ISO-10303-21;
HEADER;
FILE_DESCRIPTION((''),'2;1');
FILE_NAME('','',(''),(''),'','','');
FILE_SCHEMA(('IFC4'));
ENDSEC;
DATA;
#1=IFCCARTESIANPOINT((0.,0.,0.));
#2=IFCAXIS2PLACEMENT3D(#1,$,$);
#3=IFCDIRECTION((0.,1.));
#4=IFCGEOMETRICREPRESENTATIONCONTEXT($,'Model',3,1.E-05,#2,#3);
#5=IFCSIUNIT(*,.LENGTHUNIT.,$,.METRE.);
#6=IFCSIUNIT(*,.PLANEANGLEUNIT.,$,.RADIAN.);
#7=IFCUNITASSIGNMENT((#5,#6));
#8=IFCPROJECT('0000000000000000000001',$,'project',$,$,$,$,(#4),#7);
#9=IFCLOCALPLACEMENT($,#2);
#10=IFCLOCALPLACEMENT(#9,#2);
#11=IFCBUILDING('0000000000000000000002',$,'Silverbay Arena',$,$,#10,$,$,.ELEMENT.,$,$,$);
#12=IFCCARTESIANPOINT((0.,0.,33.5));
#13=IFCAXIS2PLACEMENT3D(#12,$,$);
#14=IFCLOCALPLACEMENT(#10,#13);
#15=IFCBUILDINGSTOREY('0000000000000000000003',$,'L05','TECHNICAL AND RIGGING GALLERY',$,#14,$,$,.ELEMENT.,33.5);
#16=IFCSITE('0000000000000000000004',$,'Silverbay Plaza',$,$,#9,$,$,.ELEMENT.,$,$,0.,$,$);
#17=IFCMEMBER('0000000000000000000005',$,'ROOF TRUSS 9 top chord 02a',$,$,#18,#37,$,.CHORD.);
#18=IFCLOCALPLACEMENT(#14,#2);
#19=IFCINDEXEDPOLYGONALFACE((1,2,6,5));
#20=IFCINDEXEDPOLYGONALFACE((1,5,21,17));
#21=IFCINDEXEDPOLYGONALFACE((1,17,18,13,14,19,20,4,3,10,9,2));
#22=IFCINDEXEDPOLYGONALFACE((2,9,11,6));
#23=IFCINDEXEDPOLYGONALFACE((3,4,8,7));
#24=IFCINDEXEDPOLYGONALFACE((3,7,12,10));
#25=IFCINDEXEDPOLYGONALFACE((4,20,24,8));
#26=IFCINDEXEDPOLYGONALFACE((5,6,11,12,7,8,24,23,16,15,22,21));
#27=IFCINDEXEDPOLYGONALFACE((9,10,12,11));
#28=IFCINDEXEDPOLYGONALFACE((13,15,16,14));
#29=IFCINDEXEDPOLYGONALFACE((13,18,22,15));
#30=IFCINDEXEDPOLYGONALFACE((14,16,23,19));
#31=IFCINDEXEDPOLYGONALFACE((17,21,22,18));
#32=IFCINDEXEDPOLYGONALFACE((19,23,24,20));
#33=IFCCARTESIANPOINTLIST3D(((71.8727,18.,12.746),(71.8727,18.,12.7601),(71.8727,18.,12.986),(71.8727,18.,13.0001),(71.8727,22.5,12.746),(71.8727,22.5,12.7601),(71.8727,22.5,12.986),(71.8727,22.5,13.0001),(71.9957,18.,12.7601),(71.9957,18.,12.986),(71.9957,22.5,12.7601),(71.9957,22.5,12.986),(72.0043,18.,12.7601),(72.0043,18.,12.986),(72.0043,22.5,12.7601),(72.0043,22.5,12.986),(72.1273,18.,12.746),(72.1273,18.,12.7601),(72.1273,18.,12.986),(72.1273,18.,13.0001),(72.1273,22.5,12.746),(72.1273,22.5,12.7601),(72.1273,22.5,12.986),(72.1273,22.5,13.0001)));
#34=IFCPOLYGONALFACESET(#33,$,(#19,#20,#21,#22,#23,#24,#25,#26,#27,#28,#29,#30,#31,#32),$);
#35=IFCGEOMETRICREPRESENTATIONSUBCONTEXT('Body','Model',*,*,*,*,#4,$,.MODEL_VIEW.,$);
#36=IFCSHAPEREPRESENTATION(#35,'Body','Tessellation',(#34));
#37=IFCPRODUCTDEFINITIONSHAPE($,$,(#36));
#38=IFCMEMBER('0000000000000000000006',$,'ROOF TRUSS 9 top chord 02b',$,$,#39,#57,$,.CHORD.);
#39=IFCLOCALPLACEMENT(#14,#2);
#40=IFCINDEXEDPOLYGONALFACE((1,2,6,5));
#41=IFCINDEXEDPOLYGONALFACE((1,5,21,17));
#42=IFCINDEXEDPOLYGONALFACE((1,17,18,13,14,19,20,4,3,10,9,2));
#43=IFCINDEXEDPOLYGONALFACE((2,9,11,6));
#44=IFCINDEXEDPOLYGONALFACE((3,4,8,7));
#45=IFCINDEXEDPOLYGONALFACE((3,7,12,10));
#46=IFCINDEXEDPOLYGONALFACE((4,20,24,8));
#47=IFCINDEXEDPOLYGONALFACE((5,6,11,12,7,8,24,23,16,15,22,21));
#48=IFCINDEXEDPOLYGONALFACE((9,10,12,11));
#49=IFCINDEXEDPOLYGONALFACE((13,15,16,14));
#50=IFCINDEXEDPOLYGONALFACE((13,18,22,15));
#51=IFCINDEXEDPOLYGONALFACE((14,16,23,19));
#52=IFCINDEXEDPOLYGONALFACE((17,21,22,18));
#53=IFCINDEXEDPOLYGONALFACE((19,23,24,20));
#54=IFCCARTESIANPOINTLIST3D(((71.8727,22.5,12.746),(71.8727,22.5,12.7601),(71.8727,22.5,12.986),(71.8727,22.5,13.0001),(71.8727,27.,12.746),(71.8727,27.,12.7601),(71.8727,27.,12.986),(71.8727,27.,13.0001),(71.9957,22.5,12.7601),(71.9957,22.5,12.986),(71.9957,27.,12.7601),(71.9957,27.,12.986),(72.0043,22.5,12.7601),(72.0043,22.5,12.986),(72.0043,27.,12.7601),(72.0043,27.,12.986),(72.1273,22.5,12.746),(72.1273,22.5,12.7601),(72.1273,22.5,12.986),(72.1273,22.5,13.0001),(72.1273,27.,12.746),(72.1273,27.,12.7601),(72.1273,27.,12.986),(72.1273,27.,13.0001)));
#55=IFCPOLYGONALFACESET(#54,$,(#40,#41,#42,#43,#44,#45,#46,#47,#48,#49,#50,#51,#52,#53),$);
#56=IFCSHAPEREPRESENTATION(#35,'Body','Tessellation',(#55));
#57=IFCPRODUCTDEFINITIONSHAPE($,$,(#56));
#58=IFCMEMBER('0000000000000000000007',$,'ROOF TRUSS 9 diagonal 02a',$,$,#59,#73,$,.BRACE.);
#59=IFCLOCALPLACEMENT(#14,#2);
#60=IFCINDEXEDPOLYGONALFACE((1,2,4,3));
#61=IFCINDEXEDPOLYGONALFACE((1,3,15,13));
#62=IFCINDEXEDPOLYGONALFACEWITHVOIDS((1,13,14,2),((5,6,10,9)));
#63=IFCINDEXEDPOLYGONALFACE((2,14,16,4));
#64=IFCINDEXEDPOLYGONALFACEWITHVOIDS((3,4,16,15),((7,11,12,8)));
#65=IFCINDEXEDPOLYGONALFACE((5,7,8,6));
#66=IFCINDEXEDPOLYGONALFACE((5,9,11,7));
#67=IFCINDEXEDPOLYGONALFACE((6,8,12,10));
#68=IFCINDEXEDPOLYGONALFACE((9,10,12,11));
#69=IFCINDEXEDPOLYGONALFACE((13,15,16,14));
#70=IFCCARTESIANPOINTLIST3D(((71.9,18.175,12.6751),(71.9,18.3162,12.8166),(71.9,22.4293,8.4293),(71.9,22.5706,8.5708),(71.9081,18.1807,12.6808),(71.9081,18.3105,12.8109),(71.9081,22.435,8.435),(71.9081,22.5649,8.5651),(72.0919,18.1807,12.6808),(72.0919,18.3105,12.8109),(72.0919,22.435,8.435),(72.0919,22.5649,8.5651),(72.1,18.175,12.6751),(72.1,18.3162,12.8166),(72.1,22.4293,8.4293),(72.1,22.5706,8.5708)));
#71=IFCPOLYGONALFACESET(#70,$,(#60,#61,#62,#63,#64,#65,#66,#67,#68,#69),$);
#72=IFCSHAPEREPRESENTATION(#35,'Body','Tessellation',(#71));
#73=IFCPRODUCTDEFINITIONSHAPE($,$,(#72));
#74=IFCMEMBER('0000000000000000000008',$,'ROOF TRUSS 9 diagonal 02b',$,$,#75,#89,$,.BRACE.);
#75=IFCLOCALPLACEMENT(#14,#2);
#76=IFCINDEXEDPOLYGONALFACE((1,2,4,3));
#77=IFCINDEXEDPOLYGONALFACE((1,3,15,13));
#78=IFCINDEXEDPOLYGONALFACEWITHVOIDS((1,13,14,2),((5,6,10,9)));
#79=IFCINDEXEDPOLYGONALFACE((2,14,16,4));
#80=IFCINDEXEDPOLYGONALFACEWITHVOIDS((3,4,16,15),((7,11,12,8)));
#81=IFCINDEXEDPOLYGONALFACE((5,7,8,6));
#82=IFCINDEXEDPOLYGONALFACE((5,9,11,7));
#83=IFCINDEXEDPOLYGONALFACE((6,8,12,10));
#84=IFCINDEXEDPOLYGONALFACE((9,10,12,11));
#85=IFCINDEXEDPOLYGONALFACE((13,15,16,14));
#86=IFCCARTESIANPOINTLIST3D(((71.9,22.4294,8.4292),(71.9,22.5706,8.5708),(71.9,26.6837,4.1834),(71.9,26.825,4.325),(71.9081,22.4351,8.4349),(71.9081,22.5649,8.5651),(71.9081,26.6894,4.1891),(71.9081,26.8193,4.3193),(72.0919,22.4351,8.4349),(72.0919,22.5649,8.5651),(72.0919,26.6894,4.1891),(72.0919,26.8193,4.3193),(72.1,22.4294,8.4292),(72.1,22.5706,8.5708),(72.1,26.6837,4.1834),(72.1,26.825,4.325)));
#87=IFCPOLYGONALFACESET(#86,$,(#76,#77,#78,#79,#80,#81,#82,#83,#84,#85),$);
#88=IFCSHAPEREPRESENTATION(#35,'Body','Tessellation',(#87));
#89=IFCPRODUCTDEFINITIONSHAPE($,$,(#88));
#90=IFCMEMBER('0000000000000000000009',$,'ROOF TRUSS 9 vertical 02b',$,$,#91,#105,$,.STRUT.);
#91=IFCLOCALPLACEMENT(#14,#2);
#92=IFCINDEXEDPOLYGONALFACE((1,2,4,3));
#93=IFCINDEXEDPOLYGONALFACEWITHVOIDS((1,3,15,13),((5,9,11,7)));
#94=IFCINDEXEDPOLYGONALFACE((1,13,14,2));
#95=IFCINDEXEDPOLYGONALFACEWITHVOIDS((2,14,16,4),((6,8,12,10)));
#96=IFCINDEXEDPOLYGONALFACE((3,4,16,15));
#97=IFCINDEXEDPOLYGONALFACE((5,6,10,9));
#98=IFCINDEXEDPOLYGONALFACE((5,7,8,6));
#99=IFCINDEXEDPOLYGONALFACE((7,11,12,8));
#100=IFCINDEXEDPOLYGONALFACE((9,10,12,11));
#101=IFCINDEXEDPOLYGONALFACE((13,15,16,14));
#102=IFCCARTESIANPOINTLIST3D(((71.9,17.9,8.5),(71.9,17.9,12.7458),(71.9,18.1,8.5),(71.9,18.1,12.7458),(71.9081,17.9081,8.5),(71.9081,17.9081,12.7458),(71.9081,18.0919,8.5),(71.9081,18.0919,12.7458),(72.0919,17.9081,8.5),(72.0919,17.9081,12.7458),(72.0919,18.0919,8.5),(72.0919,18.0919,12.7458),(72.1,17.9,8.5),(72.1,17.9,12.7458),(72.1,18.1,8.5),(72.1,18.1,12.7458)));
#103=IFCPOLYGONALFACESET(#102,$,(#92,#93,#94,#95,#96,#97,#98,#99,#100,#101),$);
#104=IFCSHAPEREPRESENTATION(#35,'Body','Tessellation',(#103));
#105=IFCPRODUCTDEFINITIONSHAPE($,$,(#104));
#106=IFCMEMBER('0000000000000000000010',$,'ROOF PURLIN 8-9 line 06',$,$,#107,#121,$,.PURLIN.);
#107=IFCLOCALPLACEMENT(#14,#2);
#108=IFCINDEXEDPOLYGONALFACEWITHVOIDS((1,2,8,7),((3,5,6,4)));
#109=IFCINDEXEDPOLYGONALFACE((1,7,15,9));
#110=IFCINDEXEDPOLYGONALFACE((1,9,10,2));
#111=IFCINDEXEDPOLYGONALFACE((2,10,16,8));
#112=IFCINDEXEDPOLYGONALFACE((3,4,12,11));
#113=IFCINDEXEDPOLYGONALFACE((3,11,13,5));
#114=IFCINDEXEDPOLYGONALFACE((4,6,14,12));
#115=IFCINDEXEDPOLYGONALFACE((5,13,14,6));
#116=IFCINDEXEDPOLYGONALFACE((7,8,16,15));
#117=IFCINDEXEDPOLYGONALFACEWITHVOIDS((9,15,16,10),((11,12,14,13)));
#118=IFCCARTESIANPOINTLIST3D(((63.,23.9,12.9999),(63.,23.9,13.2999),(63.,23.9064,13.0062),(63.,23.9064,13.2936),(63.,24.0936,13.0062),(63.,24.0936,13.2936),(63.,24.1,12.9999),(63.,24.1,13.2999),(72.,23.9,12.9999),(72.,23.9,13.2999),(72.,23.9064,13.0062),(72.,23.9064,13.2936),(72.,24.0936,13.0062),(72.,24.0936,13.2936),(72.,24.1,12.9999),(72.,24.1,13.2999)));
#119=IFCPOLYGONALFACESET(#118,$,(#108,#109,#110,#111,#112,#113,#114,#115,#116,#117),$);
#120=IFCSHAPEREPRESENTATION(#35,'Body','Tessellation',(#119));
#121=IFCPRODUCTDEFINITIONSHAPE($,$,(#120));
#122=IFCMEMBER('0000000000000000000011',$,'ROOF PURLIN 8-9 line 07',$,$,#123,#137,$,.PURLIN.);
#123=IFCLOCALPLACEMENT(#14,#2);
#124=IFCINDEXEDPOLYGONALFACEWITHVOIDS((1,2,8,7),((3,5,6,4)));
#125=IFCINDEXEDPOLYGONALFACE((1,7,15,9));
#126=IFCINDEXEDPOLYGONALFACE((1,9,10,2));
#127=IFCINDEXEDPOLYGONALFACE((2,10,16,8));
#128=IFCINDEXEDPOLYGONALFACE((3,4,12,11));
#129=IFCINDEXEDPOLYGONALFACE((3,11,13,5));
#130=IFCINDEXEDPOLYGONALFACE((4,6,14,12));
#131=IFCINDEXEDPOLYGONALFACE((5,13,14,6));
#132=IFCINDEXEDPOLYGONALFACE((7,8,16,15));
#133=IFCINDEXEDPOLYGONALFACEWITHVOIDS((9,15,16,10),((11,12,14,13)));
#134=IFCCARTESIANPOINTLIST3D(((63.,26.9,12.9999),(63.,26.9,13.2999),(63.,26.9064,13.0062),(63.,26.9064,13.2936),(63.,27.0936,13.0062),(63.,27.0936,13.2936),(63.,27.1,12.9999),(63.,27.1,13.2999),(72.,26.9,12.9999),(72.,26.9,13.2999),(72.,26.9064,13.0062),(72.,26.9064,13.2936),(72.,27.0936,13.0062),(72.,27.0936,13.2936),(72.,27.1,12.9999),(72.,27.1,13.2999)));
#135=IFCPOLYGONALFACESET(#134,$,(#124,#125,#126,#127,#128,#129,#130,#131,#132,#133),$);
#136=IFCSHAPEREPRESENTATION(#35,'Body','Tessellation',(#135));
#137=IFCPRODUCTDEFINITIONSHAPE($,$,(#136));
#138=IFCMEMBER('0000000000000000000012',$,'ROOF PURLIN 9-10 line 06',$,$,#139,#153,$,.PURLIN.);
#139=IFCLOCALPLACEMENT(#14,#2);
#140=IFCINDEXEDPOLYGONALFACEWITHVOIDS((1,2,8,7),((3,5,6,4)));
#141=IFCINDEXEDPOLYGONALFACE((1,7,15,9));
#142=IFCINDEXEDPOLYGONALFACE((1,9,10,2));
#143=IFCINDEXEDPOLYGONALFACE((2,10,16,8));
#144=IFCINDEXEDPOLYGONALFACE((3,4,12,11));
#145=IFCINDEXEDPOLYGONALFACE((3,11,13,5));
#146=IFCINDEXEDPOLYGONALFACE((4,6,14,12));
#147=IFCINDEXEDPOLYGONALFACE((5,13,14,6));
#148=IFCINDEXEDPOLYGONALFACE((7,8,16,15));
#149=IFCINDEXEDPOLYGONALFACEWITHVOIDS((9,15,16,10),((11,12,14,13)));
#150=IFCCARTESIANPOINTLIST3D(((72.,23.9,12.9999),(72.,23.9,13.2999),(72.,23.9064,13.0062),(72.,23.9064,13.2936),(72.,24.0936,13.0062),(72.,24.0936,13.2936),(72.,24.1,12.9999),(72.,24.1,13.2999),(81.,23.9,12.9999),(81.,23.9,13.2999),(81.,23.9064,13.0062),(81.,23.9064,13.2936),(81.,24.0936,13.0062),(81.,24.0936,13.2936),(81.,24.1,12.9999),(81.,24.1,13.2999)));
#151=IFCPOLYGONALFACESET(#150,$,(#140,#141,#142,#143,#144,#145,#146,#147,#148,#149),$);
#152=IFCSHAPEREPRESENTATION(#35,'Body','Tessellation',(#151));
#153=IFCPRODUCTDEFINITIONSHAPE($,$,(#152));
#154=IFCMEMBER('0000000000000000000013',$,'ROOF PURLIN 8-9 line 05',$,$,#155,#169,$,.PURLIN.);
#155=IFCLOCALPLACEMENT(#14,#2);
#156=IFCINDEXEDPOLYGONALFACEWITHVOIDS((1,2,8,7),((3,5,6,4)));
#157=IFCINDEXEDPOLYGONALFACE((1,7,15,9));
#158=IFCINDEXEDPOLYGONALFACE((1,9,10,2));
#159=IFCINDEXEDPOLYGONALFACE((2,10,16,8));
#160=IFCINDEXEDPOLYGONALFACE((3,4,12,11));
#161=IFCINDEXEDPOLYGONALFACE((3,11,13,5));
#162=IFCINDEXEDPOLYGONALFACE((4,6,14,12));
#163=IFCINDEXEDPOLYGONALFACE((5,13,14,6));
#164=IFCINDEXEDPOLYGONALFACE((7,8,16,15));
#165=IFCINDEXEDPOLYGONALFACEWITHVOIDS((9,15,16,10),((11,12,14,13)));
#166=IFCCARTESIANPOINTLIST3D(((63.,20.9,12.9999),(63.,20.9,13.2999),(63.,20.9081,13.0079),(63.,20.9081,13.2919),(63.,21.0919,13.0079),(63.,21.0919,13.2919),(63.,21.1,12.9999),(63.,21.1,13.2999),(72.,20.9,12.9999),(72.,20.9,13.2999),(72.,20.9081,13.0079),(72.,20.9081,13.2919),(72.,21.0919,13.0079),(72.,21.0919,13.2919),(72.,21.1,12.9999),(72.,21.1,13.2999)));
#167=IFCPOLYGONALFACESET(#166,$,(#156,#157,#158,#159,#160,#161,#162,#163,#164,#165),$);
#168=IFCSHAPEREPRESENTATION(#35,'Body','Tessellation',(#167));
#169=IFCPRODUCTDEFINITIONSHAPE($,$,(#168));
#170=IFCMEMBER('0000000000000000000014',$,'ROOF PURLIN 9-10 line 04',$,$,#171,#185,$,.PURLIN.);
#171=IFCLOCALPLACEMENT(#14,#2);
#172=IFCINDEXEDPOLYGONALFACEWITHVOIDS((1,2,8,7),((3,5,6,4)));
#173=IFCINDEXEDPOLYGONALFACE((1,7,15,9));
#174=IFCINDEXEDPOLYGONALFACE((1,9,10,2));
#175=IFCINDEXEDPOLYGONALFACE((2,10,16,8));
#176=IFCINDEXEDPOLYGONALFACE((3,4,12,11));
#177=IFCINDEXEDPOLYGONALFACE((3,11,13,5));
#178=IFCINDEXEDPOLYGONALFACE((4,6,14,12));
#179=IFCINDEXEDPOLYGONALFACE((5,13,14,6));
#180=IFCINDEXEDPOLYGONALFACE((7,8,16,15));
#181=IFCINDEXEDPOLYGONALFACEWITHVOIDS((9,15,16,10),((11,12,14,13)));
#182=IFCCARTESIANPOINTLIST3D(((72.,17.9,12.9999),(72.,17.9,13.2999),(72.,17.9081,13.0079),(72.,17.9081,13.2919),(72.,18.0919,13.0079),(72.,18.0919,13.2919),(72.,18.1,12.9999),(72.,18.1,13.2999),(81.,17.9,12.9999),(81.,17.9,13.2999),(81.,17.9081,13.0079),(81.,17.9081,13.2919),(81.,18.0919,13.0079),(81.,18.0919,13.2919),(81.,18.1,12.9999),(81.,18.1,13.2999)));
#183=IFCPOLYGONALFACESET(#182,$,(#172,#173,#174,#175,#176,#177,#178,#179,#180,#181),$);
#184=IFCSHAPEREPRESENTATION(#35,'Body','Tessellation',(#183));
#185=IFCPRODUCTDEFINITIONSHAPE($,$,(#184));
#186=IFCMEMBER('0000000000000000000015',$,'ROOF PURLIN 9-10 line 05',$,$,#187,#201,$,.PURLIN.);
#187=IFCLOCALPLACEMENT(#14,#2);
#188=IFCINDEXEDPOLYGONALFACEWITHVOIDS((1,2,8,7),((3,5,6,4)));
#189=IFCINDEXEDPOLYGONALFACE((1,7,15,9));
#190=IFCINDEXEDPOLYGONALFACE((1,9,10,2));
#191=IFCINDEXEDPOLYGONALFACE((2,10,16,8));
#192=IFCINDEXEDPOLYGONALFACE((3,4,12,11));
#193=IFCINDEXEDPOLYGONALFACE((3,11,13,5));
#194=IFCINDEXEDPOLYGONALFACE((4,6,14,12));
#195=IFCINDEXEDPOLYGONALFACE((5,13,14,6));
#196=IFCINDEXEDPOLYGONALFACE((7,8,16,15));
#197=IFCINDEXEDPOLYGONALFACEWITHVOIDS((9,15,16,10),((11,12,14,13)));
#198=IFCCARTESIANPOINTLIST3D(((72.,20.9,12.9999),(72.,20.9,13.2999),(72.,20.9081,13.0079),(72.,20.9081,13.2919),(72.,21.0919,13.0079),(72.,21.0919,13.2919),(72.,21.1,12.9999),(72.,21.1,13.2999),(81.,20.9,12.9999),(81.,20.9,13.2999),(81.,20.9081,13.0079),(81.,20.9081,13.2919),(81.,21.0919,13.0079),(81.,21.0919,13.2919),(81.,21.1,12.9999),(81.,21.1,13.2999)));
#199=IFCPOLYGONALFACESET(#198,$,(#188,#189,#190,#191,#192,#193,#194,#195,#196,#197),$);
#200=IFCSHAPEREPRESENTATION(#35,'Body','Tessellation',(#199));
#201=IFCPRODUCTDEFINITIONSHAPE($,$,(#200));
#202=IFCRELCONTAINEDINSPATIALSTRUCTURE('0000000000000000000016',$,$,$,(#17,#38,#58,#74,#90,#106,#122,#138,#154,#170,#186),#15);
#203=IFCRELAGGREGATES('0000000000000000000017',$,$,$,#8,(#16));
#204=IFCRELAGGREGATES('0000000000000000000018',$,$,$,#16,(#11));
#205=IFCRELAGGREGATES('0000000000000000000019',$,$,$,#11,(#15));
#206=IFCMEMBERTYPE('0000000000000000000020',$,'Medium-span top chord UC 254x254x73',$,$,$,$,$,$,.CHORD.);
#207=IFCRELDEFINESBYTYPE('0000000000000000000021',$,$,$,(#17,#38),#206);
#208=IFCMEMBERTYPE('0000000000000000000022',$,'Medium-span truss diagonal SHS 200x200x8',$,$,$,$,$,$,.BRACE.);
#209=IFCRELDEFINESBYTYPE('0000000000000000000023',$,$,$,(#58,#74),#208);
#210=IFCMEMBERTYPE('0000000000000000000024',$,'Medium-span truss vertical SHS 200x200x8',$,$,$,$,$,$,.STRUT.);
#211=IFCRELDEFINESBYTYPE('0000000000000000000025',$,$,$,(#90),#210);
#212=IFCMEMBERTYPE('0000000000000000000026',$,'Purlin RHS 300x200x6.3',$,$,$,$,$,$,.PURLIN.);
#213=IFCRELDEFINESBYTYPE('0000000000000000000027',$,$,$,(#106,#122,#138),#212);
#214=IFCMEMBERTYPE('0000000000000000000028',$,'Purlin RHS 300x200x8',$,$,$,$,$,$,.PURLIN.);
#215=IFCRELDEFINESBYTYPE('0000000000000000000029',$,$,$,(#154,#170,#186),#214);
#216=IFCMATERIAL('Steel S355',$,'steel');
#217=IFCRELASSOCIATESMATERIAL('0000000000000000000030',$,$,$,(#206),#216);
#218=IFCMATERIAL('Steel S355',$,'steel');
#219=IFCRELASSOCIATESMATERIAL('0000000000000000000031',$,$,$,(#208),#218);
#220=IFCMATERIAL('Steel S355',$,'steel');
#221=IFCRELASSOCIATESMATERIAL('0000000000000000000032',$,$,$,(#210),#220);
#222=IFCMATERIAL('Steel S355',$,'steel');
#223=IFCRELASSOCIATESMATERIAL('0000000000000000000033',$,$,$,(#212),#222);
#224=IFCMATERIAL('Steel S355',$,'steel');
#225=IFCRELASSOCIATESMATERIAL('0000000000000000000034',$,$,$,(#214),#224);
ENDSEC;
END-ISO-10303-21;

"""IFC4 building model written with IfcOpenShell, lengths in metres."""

from ifc_helpers import new_model, si_unit, direction, frame, origin, origin_2d, place, context, subcontext, project, spatial, hollow_rectangle, i_section, extrude, material, material_profile, profile_set, type_object, element, save


model = new_model("IFC4")

# Units and contexts
model_context = context("Model", 3, precision=1e-05, world=origin(), true_north=direction((0.0, 1.0)))
body_context = subcontext(model_context, "Body", "Model", "MODEL_VIEW")
ifc_project = project(units=[si_unit("LENGTHUNIT", "METRE"), si_unit("PLANEANGLEUNIT", "RADIAN")], contexts=[model_context])

# Site, building, storey
site_placement = place(None, origin())
site = spatial("IfcSite", under=ifc_project, at=site_placement, Name="Silverbay Plaza", CompositionType="ELEMENT", RefElevation=0.0)
building_placement = place(site_placement, origin())
building = spatial("IfcBuilding", under=site, at=building_placement, Name="Silverbay Arena", CompositionType="ELEMENT")
storey_placement = place(building_placement, frame((0.0, 0.0, 33.5)))
storey = spatial("IfcBuildingStorey", under=building, at=storey_placement, Name="L05", Description="TECHNICAL AND RIGGING GALLERY", CompositionType="ELEMENT", Elevation=33.5)

# Members
ifc_material_1 = material(Name="Steel S355", Category="steel")
ifc_material_profile_1 = material_profile(ifc_material_1, i_section(OverallWidth=0.2546, OverallDepth=0.2542, WebThickness=0.0085, FlangeThickness=0.0142, at=origin_2d()), Name="UC 254x254x73")
ifc_profile_set_1 = profile_set([ifc_material_profile_1], Name="Steel S355")
member_type_1 = type_object("IfcMemberType", Name="Medium-span top chord UC 254x254x73", PredefinedType="CHORD", material=ifc_profile_set_1)
for number, where, z_axis, x_axis, name in (
    (1, (72.0, 18.0, 12.873), (0.0, 1.0, 0.0), (-1.0, 0.0, 0.0), "ROOF TRUSS 9 top chord 02a"),
    (2, (72.0, 22.5, 12.873), (0.0, 1.0, 0.0), (-1.0, 0.0, 0.0), "ROOF TRUSS 9 top chord 02b"),
):
    element("IfcMember", number, at=place(storey_placement, frame(where, z_axis=z_axis, x_axis=x_axis)), inside=storey, type_object=member_type_1, Name=name, PredefinedType="CHORD", context=body_context, shape_type="SweptSolid", body=[
        extrude(i_section(OverallWidth=0.2546, OverallDepth=0.2542, WebThickness=0.0085, FlangeThickness=0.0142, at=origin_2d()), origin(), (0.0, 0.0, 1.0), 4.5),
    ])
ifc_material_2 = material(Name="Steel S355", Category="steel")
ifc_material_profile_2 = material_profile(ifc_material_2, hollow_rectangle(XDim=0.2, YDim=0.2, WallThickness=0.0081, at=origin_2d()), Name="SHS 200x200x8")
ifc_profile_set_2 = profile_set([ifc_material_profile_2], Name="Steel S355")
member_type_2 = type_object("IfcMemberType", Name="Medium-span truss diagonal SHS 200x200x8", PredefinedType="BRACE", material=ifc_profile_set_2)
for number, where, z_axis, x_axis, name in (
    (3, (72.0, 18.2456, 12.7458), (0.0, 0.707817, -0.706396), (-1.0, 0.0, 0.0), "ROOF TRUSS 9 diagonal 02a"),
    (4, (72.0, 22.5, 8.5), (0.0, 0.707817, -0.706396), (-1.0, 0.0, 0.0), "ROOF TRUSS 9 diagonal 02b"),
):
    element("IfcMember", number, at=place(storey_placement, frame(where, z_axis=z_axis, x_axis=x_axis)), inside=storey, type_object=member_type_2, Name=name, PredefinedType="BRACE", context=body_context, shape_type="SweptSolid", body=[
        extrude(hollow_rectangle(XDim=0.2, YDim=0.2, WallThickness=0.0081, at=origin_2d()), origin(), (0.0, 0.0, 1.0), 6.0105),
    ])
ifc_material_3 = material(Name="Steel S355", Category="steel")
ifc_material_profile_3 = material_profile(ifc_material_3, hollow_rectangle(XDim=0.2, YDim=0.2, WallThickness=0.0081, at=origin_2d()), Name="SHS 200x200x8")
ifc_profile_set_3 = profile_set([ifc_material_profile_3], Name="Steel S355")
member_type_3 = type_object("IfcMemberType", Name="Medium-span truss vertical SHS 200x200x8", PredefinedType="STRUT", material=ifc_profile_set_3)
member_1_placement = place(storey_placement, frame((72.0, 18.0, 8.5), z_axis=(0.0, 0.0, 1.0), x_axis=(1.0, 0.0, 0.0)))
element("IfcMember", 5, at=member_1_placement, inside=storey, type_object=member_type_3, Name="ROOF TRUSS 9 vertical 02b", PredefinedType="STRUT", context=body_context, shape_type="SweptSolid", body=[
    extrude(hollow_rectangle(XDim=0.2, YDim=0.2, WallThickness=0.0081, at=origin_2d()), origin(), (0.0, 0.0, 1.0), 4.2458),
])
ifc_material_4 = material(Name="Steel S355", Category="steel")
ifc_material_profile_4 = material_profile(ifc_material_4, hollow_rectangle(XDim=0.2, YDim=0.3, WallThickness=0.0063, at=origin_2d()), Name="RHS 300x200x6.3")
ifc_profile_set_4 = profile_set([ifc_material_profile_4], Name="Steel S355")
member_type_4 = type_object("IfcMemberType", Name="Purlin RHS 300x200x6.3", PredefinedType="PURLIN", material=ifc_profile_set_4)
for number, where, z_axis, x_axis, name in (
    (6, (63.0, 24.0, 13.1499), (1.0, 0.0, 0.0), (0.0, 1.0, 0.0), "ROOF PURLIN 8-9 line 06"),
    (7, (63.0, 27.0, 13.1499), (1.0, 0.0, 0.0), (0.0, 1.0, 0.0), "ROOF PURLIN 8-9 line 07"),
    (8, (72.0, 24.0, 13.1499), (1.0, 0.0, 0.0), (0.0, 1.0, 0.0), "ROOF PURLIN 9-10 line 06"),
):
    element("IfcMember", number, at=place(storey_placement, frame(where, z_axis=z_axis, x_axis=x_axis)), inside=storey, type_object=member_type_4, Name=name, PredefinedType="PURLIN", context=body_context, shape_type="SweptSolid", body=[
        extrude(hollow_rectangle(XDim=0.2, YDim=0.3, WallThickness=0.0063, at=origin_2d()), origin(), (0.0, 0.0, 1.0), 9.0),
    ])
ifc_material_5 = material(Name="Steel S355", Category="steel")
ifc_material_profile_5 = material_profile(ifc_material_5, hollow_rectangle(XDim=0.2, YDim=0.3, WallThickness=0.0081, at=origin_2d()), Name="RHS 300x200x8")
ifc_profile_set_5 = profile_set([ifc_material_profile_5], Name="Steel S355")
member_type_5 = type_object("IfcMemberType", Name="Purlin RHS 300x200x8", PredefinedType="PURLIN", material=ifc_profile_set_5)
for number, where, z_axis, x_axis, name in (
    (9, (63.0, 21.0, 13.1499), (1.0, 0.0, 0.0), (0.0, 1.0, 0.0), "ROOF PURLIN 8-9 line 05"),
    (10, (72.0, 18.0, 13.1499), (1.0, 0.0, 0.0), (0.0, 1.0, 0.0), "ROOF PURLIN 9-10 line 04"),
    (11, (72.0, 21.0, 13.1499), (1.0, 0.0, 0.0), (0.0, 1.0, 0.0), "ROOF PURLIN 9-10 line 05"),
):
    element("IfcMember", number, at=place(storey_placement, frame(where, z_axis=z_axis, x_axis=x_axis)), inside=storey, type_object=member_type_5, Name=name, PredefinedType="PURLIN", context=body_context, shape_type="SweptSolid", body=[
        extrude(hollow_rectangle(XDim=0.2, YDim=0.3, WallThickness=0.0081, at=origin_2d()), origin(), (0.0, 0.0, 1.0), 9.0),
    ])

save(model, "model.ifc")
